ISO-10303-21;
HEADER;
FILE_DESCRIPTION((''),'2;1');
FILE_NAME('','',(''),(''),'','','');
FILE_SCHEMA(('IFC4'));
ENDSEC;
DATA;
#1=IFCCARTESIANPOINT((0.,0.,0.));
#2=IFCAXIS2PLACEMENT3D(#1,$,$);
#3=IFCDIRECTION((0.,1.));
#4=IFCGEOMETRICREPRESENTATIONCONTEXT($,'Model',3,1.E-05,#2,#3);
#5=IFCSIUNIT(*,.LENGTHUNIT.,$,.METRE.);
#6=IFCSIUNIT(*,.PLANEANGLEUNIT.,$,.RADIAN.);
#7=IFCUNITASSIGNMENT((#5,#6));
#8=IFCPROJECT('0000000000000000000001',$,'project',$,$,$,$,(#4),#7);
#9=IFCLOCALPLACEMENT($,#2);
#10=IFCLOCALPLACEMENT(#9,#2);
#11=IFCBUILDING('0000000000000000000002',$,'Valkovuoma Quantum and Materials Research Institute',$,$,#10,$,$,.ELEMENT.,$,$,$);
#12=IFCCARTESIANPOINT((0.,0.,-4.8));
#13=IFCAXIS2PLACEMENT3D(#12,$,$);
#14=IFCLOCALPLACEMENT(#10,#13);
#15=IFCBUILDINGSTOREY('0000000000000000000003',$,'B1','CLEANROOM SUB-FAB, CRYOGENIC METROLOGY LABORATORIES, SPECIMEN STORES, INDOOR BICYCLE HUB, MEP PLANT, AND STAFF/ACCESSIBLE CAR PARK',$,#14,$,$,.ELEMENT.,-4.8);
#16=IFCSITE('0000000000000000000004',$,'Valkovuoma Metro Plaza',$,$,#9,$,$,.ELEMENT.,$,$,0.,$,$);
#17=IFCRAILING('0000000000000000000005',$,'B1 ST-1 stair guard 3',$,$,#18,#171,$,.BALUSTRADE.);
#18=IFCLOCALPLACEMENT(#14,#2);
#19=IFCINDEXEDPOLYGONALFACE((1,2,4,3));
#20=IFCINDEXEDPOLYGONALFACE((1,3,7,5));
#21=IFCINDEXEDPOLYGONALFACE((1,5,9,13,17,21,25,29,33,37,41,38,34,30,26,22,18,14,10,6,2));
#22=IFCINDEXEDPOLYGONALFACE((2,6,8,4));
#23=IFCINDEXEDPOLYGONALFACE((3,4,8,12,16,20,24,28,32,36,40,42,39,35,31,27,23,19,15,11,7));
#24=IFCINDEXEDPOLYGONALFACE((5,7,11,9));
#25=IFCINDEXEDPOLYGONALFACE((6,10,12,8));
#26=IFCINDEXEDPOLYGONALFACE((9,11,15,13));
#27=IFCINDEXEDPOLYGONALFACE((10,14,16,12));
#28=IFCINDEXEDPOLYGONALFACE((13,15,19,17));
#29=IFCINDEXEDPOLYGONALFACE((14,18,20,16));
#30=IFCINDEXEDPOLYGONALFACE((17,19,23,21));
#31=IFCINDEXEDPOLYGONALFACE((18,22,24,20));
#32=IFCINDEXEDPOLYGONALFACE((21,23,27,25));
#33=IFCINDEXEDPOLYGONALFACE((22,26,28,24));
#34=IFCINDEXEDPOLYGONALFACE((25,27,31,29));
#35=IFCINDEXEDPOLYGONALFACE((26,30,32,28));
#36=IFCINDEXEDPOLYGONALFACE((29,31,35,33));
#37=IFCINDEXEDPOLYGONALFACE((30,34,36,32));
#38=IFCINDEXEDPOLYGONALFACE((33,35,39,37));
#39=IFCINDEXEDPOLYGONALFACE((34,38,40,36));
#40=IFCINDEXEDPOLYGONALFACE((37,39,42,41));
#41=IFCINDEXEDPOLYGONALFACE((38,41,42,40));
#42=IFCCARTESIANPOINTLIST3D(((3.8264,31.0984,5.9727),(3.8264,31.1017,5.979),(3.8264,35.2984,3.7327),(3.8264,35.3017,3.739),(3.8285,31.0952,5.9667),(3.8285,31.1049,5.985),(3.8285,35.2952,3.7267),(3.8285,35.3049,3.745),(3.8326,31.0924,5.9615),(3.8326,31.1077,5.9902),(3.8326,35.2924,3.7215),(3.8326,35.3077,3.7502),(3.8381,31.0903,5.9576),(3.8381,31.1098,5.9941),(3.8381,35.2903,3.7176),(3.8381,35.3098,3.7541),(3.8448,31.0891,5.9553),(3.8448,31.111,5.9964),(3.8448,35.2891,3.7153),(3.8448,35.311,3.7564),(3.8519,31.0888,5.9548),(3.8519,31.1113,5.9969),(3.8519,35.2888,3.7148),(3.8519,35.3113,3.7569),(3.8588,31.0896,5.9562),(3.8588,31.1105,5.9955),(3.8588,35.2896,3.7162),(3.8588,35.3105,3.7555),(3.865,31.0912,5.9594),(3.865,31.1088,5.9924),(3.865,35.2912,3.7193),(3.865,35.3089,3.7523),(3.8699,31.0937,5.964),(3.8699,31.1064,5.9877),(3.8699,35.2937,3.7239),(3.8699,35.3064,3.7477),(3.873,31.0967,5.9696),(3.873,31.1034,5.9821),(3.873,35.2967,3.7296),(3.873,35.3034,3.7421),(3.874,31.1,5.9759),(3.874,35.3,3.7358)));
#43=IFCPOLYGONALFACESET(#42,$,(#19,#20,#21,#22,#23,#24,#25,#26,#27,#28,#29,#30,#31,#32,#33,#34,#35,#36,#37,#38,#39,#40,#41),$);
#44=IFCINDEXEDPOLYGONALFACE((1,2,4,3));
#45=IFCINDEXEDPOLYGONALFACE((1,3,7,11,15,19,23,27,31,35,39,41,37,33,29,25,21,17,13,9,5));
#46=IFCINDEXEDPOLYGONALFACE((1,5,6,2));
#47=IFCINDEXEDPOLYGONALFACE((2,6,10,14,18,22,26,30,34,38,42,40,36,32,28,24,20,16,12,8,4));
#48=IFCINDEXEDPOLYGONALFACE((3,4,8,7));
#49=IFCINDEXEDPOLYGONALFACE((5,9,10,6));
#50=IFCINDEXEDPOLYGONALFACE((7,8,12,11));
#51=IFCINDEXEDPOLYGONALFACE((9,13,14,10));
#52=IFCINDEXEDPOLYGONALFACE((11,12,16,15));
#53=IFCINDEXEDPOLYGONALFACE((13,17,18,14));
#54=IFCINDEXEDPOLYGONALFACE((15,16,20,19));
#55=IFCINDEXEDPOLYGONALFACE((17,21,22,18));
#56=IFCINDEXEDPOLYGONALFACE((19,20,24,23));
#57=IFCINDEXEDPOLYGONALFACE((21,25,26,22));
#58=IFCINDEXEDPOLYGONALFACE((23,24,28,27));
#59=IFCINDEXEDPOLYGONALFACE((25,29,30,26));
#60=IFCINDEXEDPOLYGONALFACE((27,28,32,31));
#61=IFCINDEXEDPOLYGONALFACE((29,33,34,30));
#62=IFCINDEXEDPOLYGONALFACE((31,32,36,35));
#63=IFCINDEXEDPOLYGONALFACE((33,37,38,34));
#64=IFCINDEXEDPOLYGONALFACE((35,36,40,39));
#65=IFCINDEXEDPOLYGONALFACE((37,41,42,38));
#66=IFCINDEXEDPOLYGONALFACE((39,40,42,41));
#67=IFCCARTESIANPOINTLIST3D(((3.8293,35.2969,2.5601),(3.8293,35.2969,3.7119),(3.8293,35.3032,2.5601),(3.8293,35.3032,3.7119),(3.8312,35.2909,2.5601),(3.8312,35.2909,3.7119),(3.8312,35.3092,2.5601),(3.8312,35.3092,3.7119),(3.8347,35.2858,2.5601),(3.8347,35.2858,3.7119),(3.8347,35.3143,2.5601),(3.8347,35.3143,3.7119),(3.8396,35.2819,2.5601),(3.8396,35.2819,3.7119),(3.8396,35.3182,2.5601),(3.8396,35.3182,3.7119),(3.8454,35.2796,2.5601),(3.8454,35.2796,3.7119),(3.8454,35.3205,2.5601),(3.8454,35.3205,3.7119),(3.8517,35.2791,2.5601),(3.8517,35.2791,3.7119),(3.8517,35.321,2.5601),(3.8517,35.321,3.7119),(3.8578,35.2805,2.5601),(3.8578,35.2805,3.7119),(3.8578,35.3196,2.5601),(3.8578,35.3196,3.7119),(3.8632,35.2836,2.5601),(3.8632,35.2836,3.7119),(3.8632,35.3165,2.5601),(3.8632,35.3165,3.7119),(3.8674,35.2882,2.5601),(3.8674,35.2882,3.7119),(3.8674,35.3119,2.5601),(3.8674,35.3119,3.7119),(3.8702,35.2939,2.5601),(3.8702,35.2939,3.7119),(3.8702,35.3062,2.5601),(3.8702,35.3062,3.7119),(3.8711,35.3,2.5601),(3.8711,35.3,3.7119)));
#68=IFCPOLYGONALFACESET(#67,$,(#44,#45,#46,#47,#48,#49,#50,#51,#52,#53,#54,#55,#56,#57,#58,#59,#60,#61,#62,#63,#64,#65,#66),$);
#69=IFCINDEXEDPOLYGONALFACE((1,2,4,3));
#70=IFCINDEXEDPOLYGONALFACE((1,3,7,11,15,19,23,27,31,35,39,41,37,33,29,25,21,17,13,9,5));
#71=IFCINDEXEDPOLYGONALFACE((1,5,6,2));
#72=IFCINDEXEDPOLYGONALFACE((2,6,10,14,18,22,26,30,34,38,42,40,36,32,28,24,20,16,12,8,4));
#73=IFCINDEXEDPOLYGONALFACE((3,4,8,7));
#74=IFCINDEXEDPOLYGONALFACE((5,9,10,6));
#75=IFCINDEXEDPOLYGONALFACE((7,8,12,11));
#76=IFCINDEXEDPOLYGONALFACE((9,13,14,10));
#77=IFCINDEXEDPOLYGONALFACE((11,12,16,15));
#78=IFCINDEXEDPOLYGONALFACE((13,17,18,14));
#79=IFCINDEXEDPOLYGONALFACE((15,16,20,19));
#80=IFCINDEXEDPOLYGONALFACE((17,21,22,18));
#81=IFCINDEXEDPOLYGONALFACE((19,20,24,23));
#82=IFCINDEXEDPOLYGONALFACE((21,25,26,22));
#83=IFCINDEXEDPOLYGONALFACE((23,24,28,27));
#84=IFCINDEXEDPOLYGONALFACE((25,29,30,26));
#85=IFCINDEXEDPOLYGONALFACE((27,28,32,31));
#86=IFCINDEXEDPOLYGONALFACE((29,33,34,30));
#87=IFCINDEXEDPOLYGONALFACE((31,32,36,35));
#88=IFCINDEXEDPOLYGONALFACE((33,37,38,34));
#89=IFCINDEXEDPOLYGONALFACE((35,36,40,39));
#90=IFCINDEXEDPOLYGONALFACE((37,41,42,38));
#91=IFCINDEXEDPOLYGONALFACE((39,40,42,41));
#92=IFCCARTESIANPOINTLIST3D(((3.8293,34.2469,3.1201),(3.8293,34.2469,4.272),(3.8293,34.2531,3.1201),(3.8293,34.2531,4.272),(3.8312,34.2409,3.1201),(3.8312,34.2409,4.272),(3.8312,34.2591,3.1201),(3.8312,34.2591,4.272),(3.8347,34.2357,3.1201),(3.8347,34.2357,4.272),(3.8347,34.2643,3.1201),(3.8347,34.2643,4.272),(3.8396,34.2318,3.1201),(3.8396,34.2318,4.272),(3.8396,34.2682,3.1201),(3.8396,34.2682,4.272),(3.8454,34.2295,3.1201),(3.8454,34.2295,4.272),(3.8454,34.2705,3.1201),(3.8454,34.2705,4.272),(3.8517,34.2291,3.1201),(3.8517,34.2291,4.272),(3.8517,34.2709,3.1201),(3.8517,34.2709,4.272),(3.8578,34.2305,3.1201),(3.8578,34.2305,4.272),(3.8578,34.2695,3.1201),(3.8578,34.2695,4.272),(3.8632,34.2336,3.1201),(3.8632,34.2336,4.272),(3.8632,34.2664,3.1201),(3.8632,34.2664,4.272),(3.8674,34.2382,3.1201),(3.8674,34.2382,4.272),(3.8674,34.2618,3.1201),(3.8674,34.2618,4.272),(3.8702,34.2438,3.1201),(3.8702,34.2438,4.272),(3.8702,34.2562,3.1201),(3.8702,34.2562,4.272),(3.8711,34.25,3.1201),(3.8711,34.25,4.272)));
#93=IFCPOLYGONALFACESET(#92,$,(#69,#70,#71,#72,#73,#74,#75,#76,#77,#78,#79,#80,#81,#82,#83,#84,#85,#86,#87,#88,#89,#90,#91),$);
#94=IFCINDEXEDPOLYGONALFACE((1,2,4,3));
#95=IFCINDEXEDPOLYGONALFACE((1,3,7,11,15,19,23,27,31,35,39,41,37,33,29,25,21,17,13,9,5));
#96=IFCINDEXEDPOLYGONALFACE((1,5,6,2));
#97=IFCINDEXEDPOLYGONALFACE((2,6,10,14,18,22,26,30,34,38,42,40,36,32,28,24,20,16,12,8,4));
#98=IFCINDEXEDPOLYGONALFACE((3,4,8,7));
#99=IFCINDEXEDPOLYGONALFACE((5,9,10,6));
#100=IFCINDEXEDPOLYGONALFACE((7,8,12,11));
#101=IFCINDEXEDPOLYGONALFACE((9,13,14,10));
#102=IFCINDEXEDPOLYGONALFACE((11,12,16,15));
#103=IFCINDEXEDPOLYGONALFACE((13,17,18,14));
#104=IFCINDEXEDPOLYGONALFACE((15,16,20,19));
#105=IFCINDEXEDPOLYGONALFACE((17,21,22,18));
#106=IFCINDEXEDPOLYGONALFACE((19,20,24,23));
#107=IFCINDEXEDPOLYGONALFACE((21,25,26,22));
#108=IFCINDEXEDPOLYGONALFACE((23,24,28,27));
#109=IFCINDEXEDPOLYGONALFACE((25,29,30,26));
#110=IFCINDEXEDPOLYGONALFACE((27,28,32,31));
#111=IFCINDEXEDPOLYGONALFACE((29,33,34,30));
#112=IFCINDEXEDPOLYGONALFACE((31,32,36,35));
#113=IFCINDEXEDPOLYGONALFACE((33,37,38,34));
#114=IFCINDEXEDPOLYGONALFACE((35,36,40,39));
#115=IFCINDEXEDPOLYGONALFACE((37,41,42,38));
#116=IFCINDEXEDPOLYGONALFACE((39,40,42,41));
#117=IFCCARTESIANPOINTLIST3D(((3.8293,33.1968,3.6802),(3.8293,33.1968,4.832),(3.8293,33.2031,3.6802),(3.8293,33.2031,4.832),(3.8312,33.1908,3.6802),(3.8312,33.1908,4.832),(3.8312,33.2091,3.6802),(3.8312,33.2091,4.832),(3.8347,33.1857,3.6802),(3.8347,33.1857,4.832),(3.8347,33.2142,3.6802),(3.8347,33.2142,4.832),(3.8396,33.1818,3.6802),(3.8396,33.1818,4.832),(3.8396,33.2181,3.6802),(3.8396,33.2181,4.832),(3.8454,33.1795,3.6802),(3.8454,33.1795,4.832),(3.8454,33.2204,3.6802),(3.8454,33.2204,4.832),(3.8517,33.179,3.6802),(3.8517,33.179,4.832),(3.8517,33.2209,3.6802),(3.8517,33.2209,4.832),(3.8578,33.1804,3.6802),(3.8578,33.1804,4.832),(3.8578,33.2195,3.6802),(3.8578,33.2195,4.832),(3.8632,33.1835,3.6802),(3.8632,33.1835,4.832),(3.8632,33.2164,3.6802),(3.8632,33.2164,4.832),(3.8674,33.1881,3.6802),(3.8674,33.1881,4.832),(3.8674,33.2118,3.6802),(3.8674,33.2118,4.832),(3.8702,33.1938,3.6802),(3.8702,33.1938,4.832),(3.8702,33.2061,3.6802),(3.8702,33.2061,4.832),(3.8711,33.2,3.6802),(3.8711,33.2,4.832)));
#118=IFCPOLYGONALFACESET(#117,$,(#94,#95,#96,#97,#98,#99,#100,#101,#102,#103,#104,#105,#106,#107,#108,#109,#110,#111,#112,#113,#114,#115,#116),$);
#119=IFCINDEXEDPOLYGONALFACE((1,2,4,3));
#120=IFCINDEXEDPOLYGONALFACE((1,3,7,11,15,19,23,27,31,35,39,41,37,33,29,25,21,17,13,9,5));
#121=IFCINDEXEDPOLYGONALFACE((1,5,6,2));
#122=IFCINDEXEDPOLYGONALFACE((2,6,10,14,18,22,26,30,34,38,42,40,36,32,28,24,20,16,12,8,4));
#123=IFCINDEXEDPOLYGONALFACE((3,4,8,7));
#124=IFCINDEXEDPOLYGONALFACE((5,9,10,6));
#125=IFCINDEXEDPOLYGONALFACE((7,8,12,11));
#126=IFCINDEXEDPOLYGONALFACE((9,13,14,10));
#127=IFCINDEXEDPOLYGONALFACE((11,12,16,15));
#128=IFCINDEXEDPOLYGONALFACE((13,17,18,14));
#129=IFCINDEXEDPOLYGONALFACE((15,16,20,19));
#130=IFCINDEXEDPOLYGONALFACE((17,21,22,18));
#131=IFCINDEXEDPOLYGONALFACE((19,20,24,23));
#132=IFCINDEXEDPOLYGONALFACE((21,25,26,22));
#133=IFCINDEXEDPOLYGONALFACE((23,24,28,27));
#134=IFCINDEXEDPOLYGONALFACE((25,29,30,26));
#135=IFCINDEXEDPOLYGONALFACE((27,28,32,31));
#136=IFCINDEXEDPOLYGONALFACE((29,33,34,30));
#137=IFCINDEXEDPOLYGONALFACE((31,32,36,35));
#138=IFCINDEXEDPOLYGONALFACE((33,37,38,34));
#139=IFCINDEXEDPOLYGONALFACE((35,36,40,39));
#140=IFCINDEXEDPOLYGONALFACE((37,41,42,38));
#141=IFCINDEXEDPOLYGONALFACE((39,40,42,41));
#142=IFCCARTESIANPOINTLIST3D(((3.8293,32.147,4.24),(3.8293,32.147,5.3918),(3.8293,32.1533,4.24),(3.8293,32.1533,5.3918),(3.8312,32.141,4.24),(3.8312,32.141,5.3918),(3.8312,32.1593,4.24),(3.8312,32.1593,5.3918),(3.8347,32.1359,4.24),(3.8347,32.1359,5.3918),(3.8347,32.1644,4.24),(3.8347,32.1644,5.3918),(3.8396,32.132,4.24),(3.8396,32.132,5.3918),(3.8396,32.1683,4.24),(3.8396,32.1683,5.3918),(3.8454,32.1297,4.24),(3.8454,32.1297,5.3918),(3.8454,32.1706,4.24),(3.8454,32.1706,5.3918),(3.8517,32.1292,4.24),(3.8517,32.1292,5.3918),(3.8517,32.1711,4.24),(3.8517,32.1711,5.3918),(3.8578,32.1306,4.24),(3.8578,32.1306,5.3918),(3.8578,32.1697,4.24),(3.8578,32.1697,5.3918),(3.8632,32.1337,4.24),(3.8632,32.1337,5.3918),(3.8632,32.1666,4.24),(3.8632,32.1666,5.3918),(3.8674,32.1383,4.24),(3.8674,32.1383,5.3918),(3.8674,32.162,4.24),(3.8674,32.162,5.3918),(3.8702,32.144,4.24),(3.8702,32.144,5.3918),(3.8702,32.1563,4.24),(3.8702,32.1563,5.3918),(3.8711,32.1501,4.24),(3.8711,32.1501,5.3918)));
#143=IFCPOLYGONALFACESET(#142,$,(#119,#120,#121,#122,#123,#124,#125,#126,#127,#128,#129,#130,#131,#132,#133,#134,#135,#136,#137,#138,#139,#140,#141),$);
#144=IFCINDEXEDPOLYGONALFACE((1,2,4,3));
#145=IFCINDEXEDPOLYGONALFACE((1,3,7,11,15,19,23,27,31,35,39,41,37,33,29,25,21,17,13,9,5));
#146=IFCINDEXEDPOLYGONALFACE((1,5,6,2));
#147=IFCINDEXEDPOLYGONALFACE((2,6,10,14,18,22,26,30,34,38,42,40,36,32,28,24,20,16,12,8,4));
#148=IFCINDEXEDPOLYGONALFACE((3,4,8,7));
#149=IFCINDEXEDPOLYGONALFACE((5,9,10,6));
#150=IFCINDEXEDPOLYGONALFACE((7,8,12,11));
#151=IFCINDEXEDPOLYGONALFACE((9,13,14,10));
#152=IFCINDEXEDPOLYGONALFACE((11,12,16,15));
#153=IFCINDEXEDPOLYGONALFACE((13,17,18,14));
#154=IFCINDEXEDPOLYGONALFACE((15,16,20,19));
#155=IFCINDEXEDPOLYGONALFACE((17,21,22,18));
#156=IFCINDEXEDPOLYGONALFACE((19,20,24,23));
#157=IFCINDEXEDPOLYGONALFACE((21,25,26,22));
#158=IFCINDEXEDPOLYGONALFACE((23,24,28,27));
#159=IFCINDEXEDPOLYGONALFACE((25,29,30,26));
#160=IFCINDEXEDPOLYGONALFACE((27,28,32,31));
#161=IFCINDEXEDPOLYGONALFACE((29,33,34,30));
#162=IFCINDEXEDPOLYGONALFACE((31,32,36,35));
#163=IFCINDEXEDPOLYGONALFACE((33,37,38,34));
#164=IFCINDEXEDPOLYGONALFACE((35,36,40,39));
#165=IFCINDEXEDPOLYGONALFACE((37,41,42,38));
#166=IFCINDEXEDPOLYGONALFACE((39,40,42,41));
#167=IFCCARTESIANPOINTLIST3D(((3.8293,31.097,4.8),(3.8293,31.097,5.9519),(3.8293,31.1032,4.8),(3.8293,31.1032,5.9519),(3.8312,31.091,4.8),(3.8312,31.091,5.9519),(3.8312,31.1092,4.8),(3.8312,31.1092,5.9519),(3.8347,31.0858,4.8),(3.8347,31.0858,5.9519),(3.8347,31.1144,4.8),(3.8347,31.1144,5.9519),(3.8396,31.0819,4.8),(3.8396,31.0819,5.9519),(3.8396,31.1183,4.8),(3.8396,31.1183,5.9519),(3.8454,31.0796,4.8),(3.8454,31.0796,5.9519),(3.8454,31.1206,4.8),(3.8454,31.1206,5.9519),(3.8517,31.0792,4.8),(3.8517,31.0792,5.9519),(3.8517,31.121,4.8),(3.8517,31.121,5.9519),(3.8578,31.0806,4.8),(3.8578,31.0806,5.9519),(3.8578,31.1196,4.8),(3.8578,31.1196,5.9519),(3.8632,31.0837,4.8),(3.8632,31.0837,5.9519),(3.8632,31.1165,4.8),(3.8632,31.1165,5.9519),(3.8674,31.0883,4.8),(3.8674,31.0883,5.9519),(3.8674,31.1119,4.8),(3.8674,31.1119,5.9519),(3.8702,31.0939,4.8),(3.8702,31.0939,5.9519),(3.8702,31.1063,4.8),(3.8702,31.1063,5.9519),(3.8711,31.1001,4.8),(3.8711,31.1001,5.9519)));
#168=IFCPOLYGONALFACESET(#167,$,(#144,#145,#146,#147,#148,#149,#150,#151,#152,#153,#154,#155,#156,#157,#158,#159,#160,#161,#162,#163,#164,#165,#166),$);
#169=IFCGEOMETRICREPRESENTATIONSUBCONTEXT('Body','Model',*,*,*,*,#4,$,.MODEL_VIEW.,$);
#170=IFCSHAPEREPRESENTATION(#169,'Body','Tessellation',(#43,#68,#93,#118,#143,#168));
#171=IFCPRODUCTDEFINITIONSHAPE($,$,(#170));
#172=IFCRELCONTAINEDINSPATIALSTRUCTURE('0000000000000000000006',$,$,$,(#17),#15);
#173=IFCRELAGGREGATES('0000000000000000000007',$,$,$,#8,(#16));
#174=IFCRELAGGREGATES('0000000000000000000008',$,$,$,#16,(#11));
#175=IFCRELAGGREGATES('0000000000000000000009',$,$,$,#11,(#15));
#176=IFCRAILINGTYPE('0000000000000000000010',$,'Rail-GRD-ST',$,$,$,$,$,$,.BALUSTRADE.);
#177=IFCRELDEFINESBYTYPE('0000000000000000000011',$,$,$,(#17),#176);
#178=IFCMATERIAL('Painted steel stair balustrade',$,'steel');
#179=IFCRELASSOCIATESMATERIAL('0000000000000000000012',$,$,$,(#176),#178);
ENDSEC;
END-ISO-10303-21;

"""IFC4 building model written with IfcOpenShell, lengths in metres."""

from ifc_helpers import new_model, si_unit, direction, frame, origin, origin_2d, place, context, subcontext, project, spatial, circle, extrude, material, type_object, element, save


model = new_model("IFC4")

# Units and contexts
model_context = context("Model", 3, precision=1e-05, world=origin(), true_north=direction((0.0, 1.0)))
body_context = subcontext(model_context, "Body", "Model", "MODEL_VIEW")
ifc_project = project(units=[si_unit("LENGTHUNIT", "METRE"), si_unit("PLANEANGLEUNIT", "RADIAN")], contexts=[model_context])

# Site, building, storey
site_placement = place(None, origin())
site = spatial("IfcSite", under=ifc_project, at=site_placement, Name="Valkovuoma Metro Plaza", CompositionType="ELEMENT", RefElevation=0.0)
building_placement = place(site_placement, origin())
building = spatial("IfcBuilding", under=site, at=building_placement, Name="Valkovuoma Quantum and Materials Research Institute", CompositionType="ELEMENT")
storey_placement = place(building_placement, frame((0.0, 0.0, -4.8)))
storey = spatial("IfcBuildingStorey", under=building, at=storey_placement, Name="B1", Description="CLEANROOM SUB-FAB, CRYOGENIC METROLOGY LABORATORIES, SPECIMEN STORES, INDOOR BICYCLE HUB, MEP PLANT, AND STAFF/ACCESSIBLE CAR PARK", CompositionType="ELEMENT", Elevation=-4.8)

# Railing
ifc_material_1 = material(Name="Painted steel stair balustrade", Category="steel")
railing_type_1 = type_object("IfcRailingType", Name="Rail-GRD-ST", PredefinedType="BALUSTRADE", material=ifc_material_1)
railing_1_placement = place(storey_placement, frame((3.8501, 35.3, 2.5601)))
element("IfcRailing", 1, at=railing_1_placement, inside=storey, type_object=railing_type_1, Name="B1 ST-1 stair guard 3", PredefinedType="BALUSTRADE", context=body_context, shape_type="SweptSolid", body=[
    extrude(circle(Radius=0.0239, at=origin_2d()), frame((0.0, 0.0, 1.1758), z_axis=(0.0, -0.882352, 0.470591), x_axis=(1.0, 0.0, 0.0)), (0.0, 0.0, 1.0), 4.76),
    extrude(circle(Radius=0.021, at=origin_2d()), origin(), (0.0, 0.0, 1.0), 1.1519),
    extrude(circle(Radius=0.021, at=origin_2d()), frame((0.0, -1.05, 0.5601)), (0.0, 0.0, 1.0), 1.1519),
    extrude(circle(Radius=0.021, at=origin_2d()), frame((0.0, -2.1001, 1.1201)), (0.0, 0.0, 1.0), 1.1519),
    extrude(circle(Radius=0.021, at=origin_2d()), frame((0.0, -3.1499, 1.6799)), (0.0, 0.0, 1.0), 1.1519),
    extrude(circle(Radius=0.021, at=origin_2d()), frame((0.0, -4.2, 2.24)), (0.0, 0.0, 1.0), 1.1519),
])

save(model, "model.ifc")
